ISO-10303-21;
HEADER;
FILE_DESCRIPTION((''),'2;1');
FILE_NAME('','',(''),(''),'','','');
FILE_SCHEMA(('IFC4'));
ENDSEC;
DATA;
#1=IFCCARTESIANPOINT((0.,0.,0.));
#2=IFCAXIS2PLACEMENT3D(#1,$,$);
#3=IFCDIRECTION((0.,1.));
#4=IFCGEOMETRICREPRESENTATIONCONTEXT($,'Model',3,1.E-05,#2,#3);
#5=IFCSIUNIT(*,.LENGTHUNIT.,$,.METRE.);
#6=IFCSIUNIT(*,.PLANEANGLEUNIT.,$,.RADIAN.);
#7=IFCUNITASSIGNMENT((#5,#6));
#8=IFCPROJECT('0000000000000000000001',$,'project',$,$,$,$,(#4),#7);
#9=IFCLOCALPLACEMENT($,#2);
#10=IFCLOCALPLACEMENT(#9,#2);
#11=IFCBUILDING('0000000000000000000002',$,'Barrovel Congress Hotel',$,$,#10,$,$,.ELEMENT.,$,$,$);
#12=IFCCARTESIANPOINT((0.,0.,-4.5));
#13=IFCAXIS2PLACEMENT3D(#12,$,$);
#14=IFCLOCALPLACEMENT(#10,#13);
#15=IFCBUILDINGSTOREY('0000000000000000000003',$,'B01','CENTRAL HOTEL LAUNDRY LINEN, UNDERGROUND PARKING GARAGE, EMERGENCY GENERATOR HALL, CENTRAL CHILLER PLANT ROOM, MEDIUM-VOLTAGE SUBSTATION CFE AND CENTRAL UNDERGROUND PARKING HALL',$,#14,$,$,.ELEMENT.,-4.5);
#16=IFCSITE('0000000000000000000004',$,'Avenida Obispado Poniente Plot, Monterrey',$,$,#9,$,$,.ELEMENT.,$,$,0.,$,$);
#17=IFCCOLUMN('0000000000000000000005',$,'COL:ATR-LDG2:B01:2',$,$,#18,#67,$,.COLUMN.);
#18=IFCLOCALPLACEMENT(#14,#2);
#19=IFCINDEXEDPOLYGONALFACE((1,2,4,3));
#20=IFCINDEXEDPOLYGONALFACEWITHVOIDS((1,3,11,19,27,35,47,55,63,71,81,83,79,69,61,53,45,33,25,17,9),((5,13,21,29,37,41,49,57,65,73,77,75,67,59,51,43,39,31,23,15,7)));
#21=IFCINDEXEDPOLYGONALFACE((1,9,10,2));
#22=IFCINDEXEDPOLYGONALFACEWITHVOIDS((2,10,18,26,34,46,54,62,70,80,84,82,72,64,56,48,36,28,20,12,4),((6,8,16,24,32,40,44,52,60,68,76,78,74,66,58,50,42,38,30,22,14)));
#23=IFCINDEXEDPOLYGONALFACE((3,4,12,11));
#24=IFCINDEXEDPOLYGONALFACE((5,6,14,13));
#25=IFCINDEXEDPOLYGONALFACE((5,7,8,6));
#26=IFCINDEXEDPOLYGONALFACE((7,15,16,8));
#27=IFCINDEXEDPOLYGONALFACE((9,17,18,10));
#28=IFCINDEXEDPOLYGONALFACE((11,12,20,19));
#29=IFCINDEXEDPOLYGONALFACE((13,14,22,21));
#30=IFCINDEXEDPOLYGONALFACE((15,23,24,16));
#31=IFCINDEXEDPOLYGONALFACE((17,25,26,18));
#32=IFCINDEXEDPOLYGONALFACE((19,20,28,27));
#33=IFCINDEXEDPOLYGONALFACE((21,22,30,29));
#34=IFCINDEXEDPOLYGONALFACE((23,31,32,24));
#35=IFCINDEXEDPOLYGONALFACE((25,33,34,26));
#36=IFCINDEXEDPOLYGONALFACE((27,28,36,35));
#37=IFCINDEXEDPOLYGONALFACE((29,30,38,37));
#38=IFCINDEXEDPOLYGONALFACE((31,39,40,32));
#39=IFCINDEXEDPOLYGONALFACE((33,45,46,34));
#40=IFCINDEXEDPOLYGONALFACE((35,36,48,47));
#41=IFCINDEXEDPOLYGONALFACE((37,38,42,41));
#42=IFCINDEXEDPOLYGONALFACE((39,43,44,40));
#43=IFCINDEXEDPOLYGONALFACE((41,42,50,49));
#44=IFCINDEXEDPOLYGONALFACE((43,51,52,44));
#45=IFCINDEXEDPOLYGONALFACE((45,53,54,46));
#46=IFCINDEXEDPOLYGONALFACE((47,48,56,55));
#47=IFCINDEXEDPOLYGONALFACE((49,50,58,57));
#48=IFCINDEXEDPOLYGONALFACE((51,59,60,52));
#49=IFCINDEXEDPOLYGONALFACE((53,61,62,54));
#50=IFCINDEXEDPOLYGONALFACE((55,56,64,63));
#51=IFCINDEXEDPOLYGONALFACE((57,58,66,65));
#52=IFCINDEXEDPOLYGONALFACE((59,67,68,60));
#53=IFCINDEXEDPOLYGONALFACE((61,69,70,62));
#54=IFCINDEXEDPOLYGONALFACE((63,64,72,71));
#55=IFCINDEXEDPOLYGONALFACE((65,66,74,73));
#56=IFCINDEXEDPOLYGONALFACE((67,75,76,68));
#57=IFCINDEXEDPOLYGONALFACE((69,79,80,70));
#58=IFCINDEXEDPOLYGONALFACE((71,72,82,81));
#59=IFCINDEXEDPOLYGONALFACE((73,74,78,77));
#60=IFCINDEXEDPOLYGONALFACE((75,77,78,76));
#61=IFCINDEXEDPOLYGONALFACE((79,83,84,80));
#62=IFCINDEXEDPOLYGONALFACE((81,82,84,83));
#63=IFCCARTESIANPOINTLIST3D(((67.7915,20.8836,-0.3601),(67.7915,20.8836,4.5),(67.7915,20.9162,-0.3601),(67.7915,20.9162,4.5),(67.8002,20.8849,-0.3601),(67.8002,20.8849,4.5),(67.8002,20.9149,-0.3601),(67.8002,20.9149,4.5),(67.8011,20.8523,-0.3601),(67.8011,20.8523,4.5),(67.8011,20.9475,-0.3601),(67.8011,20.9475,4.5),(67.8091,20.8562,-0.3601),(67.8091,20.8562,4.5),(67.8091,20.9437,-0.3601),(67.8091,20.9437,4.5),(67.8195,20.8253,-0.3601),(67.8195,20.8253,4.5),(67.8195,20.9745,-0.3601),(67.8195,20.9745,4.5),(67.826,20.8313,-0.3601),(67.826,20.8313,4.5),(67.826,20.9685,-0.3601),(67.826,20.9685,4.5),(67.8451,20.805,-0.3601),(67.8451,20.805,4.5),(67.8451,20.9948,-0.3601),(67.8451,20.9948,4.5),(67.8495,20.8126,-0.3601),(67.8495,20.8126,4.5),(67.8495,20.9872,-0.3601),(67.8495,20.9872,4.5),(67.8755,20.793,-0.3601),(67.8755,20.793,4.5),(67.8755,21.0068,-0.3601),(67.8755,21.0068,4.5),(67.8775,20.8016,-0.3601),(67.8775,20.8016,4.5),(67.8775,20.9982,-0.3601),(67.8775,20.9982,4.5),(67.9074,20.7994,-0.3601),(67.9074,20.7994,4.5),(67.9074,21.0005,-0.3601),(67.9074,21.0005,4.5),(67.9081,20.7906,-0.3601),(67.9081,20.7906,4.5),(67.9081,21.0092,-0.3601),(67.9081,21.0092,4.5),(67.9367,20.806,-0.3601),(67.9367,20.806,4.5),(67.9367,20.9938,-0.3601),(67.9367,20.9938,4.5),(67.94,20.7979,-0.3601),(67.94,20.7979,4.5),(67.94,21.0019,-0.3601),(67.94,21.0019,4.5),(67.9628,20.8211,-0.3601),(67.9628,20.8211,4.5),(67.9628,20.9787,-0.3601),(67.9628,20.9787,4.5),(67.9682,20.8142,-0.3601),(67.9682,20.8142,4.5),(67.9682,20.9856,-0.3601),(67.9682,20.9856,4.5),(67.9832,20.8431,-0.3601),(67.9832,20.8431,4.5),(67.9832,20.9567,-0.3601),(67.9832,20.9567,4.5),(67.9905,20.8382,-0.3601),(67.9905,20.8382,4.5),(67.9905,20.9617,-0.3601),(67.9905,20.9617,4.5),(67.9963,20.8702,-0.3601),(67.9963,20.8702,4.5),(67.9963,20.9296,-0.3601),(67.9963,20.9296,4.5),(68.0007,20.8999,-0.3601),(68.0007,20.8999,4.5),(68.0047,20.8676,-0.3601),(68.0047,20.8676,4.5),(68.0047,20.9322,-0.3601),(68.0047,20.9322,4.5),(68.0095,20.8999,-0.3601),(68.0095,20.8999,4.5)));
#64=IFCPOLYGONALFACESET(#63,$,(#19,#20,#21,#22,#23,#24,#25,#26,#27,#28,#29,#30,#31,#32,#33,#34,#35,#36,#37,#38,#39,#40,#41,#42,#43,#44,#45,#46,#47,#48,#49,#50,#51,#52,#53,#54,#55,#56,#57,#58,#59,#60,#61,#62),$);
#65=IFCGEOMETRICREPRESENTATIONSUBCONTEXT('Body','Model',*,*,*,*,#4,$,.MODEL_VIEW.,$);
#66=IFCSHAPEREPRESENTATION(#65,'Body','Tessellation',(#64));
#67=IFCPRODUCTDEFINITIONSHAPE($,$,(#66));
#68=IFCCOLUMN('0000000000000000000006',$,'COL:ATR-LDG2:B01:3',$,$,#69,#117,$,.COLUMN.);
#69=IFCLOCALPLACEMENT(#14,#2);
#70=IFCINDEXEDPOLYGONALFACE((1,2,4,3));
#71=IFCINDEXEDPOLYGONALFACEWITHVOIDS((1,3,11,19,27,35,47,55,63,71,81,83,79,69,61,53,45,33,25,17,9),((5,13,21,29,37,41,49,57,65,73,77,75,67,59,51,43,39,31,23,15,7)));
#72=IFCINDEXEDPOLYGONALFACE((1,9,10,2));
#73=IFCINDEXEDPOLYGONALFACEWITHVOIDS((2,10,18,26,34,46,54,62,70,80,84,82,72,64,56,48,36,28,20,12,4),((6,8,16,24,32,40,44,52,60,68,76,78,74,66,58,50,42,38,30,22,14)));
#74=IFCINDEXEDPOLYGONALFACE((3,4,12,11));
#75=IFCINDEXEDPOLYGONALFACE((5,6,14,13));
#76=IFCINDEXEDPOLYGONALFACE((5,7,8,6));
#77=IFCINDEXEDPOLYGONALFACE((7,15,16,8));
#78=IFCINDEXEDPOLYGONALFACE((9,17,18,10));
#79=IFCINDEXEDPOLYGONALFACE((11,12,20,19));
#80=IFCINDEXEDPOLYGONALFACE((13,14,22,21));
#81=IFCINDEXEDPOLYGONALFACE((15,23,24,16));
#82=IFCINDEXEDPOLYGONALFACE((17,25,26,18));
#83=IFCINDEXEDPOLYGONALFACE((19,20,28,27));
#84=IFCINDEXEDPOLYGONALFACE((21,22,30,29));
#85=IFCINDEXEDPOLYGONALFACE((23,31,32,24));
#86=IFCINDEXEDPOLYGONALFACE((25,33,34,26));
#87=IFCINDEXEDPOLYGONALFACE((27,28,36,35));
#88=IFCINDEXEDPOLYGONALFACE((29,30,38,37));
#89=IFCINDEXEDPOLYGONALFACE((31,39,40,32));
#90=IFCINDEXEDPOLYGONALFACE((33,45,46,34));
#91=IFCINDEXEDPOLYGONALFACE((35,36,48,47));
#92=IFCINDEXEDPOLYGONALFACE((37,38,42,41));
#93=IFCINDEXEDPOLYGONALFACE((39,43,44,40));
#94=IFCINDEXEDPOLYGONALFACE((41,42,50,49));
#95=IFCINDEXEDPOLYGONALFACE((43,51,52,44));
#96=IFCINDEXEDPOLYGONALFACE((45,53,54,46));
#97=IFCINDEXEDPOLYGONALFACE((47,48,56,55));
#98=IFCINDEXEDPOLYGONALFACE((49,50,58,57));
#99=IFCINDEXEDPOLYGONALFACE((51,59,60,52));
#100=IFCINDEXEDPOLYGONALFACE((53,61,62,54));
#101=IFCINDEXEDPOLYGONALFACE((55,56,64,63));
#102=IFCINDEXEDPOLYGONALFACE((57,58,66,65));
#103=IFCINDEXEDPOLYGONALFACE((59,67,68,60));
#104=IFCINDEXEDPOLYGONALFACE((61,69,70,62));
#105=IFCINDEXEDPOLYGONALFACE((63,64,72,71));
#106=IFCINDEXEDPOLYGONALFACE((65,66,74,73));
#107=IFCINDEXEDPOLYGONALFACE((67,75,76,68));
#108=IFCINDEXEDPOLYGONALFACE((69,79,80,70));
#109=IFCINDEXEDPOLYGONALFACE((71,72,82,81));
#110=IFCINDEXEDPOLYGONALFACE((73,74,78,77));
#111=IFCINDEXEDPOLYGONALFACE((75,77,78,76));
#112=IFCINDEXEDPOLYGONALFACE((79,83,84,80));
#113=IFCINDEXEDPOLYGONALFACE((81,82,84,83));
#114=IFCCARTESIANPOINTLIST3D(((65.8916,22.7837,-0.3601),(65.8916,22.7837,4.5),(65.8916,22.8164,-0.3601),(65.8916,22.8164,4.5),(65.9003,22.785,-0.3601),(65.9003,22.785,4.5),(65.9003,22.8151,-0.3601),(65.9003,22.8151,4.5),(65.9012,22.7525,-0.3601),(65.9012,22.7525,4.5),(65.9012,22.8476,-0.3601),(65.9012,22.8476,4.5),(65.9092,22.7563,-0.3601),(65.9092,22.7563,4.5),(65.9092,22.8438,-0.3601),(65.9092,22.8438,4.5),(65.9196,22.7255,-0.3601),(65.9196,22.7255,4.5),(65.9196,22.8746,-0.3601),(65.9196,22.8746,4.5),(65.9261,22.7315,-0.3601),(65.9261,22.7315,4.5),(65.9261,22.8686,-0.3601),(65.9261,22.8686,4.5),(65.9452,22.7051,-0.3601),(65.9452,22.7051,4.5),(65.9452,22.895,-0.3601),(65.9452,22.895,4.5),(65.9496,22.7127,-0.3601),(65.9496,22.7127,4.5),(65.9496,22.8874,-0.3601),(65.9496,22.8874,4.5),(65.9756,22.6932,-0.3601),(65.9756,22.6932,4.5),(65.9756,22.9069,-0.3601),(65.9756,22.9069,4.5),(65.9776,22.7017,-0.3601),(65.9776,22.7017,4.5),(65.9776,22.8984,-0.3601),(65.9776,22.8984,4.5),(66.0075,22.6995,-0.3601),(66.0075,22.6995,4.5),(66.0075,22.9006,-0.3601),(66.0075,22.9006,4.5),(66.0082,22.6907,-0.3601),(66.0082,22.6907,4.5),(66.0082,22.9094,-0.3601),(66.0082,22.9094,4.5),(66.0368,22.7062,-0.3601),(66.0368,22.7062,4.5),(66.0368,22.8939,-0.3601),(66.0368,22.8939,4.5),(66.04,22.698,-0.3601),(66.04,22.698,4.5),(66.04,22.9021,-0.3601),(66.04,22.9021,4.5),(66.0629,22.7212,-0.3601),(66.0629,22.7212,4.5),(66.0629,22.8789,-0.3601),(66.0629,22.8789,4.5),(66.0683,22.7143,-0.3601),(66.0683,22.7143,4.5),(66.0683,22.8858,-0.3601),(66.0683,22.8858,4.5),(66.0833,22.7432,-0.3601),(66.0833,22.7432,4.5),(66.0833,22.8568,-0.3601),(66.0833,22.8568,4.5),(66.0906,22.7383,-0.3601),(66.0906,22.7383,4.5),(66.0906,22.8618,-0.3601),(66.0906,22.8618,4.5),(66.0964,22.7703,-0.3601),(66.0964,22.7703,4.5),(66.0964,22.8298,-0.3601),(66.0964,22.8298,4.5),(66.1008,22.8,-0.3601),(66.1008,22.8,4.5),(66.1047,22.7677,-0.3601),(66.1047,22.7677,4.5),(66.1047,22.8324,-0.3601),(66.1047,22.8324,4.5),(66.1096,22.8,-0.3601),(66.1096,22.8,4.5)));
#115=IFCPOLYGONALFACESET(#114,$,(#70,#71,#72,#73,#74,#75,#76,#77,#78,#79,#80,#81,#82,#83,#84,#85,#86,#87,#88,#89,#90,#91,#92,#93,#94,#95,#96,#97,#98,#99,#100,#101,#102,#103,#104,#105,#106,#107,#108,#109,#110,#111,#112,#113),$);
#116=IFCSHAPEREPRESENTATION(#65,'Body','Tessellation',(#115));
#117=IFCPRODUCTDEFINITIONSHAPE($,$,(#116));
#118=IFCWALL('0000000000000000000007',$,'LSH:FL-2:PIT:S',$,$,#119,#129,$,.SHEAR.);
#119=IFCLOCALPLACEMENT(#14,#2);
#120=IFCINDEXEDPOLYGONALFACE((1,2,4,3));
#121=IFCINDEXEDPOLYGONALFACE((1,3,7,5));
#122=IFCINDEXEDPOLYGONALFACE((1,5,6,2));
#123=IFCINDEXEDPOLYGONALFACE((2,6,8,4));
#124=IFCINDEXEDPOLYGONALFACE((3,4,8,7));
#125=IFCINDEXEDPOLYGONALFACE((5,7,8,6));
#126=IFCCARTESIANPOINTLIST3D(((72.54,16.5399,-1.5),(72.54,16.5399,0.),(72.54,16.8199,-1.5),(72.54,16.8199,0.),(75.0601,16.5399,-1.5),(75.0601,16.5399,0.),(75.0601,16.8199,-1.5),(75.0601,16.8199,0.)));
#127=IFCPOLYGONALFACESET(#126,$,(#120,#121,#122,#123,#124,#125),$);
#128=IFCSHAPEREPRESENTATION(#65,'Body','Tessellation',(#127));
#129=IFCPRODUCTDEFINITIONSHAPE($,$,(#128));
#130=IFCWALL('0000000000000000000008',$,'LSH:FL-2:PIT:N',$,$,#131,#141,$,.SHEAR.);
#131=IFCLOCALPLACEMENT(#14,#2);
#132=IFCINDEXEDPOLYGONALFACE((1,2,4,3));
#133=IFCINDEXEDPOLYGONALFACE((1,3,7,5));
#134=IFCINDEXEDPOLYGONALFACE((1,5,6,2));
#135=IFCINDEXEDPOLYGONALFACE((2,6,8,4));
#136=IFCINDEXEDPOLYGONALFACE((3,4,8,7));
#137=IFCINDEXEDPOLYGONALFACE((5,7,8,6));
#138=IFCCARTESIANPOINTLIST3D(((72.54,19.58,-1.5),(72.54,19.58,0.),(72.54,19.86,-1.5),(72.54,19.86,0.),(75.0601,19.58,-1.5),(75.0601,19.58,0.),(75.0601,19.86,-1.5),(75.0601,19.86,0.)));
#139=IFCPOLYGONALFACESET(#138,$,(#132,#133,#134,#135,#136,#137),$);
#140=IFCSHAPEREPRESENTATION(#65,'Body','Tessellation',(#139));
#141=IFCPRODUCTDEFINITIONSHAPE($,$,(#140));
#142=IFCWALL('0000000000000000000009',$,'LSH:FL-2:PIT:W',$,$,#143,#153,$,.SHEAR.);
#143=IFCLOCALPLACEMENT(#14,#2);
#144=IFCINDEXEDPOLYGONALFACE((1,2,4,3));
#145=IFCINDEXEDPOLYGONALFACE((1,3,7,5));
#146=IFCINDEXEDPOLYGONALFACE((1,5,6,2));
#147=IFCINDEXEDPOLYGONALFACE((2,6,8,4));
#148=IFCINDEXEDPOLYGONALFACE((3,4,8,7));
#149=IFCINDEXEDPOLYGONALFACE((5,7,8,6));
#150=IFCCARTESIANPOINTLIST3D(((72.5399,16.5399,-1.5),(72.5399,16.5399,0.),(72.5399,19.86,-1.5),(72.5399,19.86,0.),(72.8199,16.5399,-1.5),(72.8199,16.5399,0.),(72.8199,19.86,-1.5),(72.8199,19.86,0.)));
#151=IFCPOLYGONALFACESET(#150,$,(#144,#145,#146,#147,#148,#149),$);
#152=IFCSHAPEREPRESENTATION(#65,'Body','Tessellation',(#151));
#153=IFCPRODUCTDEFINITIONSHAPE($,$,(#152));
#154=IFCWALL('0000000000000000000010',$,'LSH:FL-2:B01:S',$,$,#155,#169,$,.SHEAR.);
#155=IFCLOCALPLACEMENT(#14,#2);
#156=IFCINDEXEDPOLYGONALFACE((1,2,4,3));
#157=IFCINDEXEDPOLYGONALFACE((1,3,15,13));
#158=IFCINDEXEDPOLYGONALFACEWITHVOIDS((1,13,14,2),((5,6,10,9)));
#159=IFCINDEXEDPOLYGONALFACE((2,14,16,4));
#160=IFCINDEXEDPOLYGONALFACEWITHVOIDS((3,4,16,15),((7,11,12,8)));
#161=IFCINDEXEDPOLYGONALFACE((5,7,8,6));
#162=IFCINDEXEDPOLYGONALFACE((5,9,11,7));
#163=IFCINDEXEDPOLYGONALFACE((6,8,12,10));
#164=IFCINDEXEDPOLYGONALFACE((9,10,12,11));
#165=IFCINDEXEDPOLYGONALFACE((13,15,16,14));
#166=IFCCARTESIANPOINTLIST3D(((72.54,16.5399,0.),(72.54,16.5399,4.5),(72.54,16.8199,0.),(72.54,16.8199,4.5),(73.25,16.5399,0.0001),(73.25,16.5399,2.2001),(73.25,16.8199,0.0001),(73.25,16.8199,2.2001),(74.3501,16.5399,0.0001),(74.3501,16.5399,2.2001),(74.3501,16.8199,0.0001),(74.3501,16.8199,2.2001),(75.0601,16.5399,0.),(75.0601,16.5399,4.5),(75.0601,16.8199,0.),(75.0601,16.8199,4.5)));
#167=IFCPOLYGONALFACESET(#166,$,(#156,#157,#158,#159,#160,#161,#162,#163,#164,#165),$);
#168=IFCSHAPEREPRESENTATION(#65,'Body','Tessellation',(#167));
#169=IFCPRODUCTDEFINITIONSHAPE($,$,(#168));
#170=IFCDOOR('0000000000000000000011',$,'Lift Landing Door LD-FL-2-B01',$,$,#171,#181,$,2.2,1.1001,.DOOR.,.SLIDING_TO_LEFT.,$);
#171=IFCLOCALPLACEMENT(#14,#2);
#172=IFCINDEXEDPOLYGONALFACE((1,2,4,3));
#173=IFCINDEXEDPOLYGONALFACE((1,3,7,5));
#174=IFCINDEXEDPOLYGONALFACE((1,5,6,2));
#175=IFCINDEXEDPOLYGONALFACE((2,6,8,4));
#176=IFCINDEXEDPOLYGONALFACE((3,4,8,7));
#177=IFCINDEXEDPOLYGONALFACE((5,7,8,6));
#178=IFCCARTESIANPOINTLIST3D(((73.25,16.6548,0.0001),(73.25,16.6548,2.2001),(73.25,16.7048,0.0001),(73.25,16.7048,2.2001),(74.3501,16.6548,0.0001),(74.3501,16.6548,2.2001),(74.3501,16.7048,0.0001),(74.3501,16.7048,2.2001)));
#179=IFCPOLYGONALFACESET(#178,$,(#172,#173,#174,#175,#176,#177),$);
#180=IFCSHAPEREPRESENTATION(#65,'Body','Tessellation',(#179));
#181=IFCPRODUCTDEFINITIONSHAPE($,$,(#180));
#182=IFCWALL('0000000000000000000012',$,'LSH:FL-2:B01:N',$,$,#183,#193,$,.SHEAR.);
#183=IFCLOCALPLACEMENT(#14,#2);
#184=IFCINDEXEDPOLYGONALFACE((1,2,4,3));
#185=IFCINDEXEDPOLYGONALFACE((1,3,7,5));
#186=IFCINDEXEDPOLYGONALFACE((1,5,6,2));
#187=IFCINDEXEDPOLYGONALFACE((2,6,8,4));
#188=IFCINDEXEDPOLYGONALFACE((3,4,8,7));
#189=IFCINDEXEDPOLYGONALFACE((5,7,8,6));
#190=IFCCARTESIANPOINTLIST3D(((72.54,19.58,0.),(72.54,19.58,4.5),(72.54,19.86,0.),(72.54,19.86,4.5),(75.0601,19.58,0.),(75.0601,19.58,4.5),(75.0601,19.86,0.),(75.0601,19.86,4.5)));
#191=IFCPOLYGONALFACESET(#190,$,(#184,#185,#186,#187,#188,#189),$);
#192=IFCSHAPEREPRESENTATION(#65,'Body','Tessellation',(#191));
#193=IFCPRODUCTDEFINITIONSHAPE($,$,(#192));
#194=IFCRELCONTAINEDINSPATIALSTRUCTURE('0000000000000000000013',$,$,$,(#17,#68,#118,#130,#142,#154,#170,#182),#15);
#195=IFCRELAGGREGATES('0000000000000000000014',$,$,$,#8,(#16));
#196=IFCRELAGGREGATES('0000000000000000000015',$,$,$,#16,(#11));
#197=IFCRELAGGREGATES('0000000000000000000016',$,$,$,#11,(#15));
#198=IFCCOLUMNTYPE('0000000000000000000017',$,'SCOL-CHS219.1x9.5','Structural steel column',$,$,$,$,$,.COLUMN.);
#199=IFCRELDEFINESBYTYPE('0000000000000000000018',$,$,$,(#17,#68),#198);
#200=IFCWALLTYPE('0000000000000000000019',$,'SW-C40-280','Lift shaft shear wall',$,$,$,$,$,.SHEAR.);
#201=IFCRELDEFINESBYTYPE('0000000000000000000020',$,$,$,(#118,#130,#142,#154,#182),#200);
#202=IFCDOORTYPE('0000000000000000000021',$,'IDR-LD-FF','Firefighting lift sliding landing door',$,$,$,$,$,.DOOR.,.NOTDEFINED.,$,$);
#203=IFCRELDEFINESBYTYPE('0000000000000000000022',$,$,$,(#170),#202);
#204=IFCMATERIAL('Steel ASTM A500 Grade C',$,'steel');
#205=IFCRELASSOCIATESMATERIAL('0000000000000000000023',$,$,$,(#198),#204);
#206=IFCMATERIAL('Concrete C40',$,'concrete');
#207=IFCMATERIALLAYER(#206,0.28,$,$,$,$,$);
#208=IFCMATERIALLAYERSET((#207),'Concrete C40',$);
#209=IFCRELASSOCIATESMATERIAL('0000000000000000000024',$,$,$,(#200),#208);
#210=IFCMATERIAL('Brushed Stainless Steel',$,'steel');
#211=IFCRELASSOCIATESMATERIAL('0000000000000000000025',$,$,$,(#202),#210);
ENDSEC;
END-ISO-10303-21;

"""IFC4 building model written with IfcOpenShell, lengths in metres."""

from ifc_helpers import new_model, si_unit, direction, frame, frame_2d, origin, origin_2d, place, context, subcontext, project, spatial, rectangle, hollow_circle, extrude, material, layer, layer_set, material_profile, profile_set, type_object, element, fill, save


model = new_model("IFC4")

# Units and contexts
model_context = context("Model", 3, precision=1e-05, world=origin(), true_north=direction((0.0, 1.0)))
body_context = subcontext(model_context, "Body", "Model", "MODEL_VIEW")
ifc_project = project(units=[si_unit("LENGTHUNIT", "METRE"), si_unit("PLANEANGLEUNIT", "RADIAN")], contexts=[model_context])

# Site, building, storey
site_placement = place(None, origin())
site = spatial("IfcSite", under=ifc_project, at=site_placement, Name="Avenida Obispado Poniente Plot, Monterrey", CompositionType="ELEMENT", RefElevation=0.0)
building_placement = place(site_placement, origin())
building = spatial("IfcBuilding", under=site, at=building_placement, Name="Barrovel Congress Hotel", CompositionType="ELEMENT")
storey_placement = place(building_placement, frame((0.0, 0.0, -4.5)))
storey = spatial("IfcBuildingStorey", under=building, at=storey_placement, Name="B01", Description="CENTRAL HOTEL LAUNDRY LINEN, UNDERGROUND PARKING GARAGE, EMERGENCY GENERATOR HALL, CENTRAL CHILLER PLANT ROOM, MEDIUM-VOLTAGE SUBSTATION CFE AND CENTRAL UNDERGROUND PARKING HALL", CompositionType="ELEMENT", Elevation=-4.5)

# Shared definitions
ifc_material_1 = material(Name="Concrete C40", Category="concrete")

# Columns
ifc_material_2 = material(Name="Steel ASTM A500 Grade C", Category="steel")
ifc_material_profile_1 = material_profile(ifc_material_2, hollow_circle(Radius=0.1096, WallThickness=0.0088, at=origin_2d()), Name="CHS219.1x9.5")
ifc_profile_set_1 = profile_set([ifc_material_profile_1], Name="Steel ASTM A500 Grade C")
column_type_1 = type_object("IfcColumnType", Name="SCOL-CHS219.1x9.5", Description="Structural steel column", PredefinedType="COLUMN", material=ifc_profile_set_1)
for number, where, z_axis, x_axis, name in (
    (1, (67.8999, 20.8999, -0.3601), (0.0, 0.0, 1.0), (1.0, 0.0, 0.0), "COL:ATR-LDG2:B01:2"),
    (2, (66.0, 22.8, -0.3601), (0.0, 0.0, 1.0), (1.0, 0.0, 0.0), "COL:ATR-LDG2:B01:3"),
):
    element("IfcColumn", number, at=place(storey_placement, frame(where, z_axis=z_axis, x_axis=x_axis)), inside=storey, type_object=column_type_1, Name=name, PredefinedType="COLUMN", context=body_context, shape_type="SweptSolid", body=[
        extrude(hollow_circle(Radius=0.1096, WallThickness=0.0088, at=origin_2d()), origin(), (0.0, 0.0, 1.0), 4.8601),
    ])

# Walls
ifc_layer = layer(ifc_material_1, 0.28)
ifc_layer_set = layer_set([ifc_layer], Name="Concrete C40")
wall_type = type_object("IfcWallType", Name="SW-C40-280", Description="Lift shaft shear wall", PredefinedType="SHEAR", material=ifc_layer_set)
for number, where, z_axis, x_axis, name in (
    (3, (72.54, 16.6799, -1.5), (0.0, 0.0, 1.0), (1.0, 0.0, 0.0), "LSH:FL-2:PIT:S"),
    (4, (75.0601, 19.72, -1.5), (0.0, 0.0, 1.0), (-1.0, 0.0, 0.0), "LSH:FL-2:PIT:N"),
):
    element("IfcWall", number, at=place(storey_placement, frame(where, z_axis=z_axis, x_axis=x_axis)), inside=storey, type_object=wall_type, Name=name, PredefinedType="SHEAR", context=body_context, shape_type="SweptSolid", body=[
        extrude(rectangle(XDim=2.52, YDim=0.28, at=frame_2d((1.26, 0.0))), origin(), (0.0, 0.0, 1.0), 1.5),
    ])
wall_1_placement = place(storey_placement, frame((72.6799, 19.8601, -1.5), z_axis=(0.0, 0.0, 1.0), x_axis=(0.0, -1.0, 0.0)))
element("IfcWall", 5, at=wall_1_placement, inside=storey, type_object=wall_type, Name="LSH:FL-2:PIT:W", PredefinedType="SHEAR", context=body_context, shape_type="SweptSolid", body=[
    extrude(rectangle(XDim=3.3201, YDim=0.28, at=frame_2d((1.6602, 0.0))), origin(), (0.0, 0.0, 1.0), 1.5),
])

# Wall, opening, door
wall_2_placement = place(storey_placement, frame((72.54, 16.6799, 0.0), z_axis=(0.0, 0.0, 1.0), x_axis=(1.0, 0.0, 0.0)))
wall_2 = element("IfcWall", 6, at=wall_2_placement, inside=storey, type_object=wall_type, Name="LSH:FL-2:B01:S", PredefinedType="SHEAR", context=body_context, shape_type="SweptSolid", body=[
    extrude(rectangle(XDim=2.52, YDim=0.28, at=frame_2d((1.26, 0.0))), origin(), (0.0, 0.0, 1.0), 4.5),
])
opening_placement = place(wall_2_placement, frame((0.71, 0.0, 0.0)))
opening = element("IfcOpeningElement", 7, at=opening_placement, cuts=wall_2, PredefinedType="OPENING", context=body_context, shape_type="SweptSolid", body=[
    extrude(rectangle(XDim=1.1001, YDim=2.2, at=frame_2d((0.55, 1.1001))), frame((0.0, 0.1499, 0.0), z_axis=(0.0, -1.0, 0.0), x_axis=(1.0, 0.0, 0.0)), (0.0, 0.0, 1.0), 0.3),
])
ifc_material_3 = material(Name="Brushed Stainless Steel", Category="steel")
door_type = type_object("IfcDoorType", Name="IDR-LD-FF", Description="Firefighting lift sliding landing door", OperationType="NOTDEFINED", PredefinedType="DOOR", material=ifc_material_3)
door_placement = place(opening_placement, origin())
door = element("IfcDoor", 8, at=door_placement, inside=storey, type_object=door_type, Name="Lift Landing Door LD-FL-2-B01", OperationType="SLIDING_TO_LEFT", OverallHeight=2.2, OverallWidth=1.1001, PredefinedType="DOOR", context=body_context, shape_type="SweptSolid", body=[
    extrude(rectangle(XDim=1.1001, YDim=2.2, at=frame_2d((0.55, 1.1001))), frame((0.0, 0.0249, 0.0), z_axis=(0.0, -1.0, 0.0), x_axis=(1.0, 0.0, 0.0)), (0.0, 0.0, 1.0), 0.05),
])
fill(opening, door)

# Wall
wall_3_placement = place(storey_placement, frame((75.0601, 19.72, 0.0), z_axis=(0.0, 0.0, 1.0), x_axis=(-1.0, 0.0, 0.0)))
element("IfcWall", 9, at=wall_3_placement, inside=storey, type_object=wall_type, Name="LSH:FL-2:B01:N", PredefinedType="SHEAR", context=body_context, shape_type="SweptSolid", body=[
    extrude(rectangle(XDim=2.52, YDim=0.28, at=frame_2d((1.26, 0.0))), origin(), (0.0, 0.0, 1.0), 4.5),
])

save(model, "model.ifc")
